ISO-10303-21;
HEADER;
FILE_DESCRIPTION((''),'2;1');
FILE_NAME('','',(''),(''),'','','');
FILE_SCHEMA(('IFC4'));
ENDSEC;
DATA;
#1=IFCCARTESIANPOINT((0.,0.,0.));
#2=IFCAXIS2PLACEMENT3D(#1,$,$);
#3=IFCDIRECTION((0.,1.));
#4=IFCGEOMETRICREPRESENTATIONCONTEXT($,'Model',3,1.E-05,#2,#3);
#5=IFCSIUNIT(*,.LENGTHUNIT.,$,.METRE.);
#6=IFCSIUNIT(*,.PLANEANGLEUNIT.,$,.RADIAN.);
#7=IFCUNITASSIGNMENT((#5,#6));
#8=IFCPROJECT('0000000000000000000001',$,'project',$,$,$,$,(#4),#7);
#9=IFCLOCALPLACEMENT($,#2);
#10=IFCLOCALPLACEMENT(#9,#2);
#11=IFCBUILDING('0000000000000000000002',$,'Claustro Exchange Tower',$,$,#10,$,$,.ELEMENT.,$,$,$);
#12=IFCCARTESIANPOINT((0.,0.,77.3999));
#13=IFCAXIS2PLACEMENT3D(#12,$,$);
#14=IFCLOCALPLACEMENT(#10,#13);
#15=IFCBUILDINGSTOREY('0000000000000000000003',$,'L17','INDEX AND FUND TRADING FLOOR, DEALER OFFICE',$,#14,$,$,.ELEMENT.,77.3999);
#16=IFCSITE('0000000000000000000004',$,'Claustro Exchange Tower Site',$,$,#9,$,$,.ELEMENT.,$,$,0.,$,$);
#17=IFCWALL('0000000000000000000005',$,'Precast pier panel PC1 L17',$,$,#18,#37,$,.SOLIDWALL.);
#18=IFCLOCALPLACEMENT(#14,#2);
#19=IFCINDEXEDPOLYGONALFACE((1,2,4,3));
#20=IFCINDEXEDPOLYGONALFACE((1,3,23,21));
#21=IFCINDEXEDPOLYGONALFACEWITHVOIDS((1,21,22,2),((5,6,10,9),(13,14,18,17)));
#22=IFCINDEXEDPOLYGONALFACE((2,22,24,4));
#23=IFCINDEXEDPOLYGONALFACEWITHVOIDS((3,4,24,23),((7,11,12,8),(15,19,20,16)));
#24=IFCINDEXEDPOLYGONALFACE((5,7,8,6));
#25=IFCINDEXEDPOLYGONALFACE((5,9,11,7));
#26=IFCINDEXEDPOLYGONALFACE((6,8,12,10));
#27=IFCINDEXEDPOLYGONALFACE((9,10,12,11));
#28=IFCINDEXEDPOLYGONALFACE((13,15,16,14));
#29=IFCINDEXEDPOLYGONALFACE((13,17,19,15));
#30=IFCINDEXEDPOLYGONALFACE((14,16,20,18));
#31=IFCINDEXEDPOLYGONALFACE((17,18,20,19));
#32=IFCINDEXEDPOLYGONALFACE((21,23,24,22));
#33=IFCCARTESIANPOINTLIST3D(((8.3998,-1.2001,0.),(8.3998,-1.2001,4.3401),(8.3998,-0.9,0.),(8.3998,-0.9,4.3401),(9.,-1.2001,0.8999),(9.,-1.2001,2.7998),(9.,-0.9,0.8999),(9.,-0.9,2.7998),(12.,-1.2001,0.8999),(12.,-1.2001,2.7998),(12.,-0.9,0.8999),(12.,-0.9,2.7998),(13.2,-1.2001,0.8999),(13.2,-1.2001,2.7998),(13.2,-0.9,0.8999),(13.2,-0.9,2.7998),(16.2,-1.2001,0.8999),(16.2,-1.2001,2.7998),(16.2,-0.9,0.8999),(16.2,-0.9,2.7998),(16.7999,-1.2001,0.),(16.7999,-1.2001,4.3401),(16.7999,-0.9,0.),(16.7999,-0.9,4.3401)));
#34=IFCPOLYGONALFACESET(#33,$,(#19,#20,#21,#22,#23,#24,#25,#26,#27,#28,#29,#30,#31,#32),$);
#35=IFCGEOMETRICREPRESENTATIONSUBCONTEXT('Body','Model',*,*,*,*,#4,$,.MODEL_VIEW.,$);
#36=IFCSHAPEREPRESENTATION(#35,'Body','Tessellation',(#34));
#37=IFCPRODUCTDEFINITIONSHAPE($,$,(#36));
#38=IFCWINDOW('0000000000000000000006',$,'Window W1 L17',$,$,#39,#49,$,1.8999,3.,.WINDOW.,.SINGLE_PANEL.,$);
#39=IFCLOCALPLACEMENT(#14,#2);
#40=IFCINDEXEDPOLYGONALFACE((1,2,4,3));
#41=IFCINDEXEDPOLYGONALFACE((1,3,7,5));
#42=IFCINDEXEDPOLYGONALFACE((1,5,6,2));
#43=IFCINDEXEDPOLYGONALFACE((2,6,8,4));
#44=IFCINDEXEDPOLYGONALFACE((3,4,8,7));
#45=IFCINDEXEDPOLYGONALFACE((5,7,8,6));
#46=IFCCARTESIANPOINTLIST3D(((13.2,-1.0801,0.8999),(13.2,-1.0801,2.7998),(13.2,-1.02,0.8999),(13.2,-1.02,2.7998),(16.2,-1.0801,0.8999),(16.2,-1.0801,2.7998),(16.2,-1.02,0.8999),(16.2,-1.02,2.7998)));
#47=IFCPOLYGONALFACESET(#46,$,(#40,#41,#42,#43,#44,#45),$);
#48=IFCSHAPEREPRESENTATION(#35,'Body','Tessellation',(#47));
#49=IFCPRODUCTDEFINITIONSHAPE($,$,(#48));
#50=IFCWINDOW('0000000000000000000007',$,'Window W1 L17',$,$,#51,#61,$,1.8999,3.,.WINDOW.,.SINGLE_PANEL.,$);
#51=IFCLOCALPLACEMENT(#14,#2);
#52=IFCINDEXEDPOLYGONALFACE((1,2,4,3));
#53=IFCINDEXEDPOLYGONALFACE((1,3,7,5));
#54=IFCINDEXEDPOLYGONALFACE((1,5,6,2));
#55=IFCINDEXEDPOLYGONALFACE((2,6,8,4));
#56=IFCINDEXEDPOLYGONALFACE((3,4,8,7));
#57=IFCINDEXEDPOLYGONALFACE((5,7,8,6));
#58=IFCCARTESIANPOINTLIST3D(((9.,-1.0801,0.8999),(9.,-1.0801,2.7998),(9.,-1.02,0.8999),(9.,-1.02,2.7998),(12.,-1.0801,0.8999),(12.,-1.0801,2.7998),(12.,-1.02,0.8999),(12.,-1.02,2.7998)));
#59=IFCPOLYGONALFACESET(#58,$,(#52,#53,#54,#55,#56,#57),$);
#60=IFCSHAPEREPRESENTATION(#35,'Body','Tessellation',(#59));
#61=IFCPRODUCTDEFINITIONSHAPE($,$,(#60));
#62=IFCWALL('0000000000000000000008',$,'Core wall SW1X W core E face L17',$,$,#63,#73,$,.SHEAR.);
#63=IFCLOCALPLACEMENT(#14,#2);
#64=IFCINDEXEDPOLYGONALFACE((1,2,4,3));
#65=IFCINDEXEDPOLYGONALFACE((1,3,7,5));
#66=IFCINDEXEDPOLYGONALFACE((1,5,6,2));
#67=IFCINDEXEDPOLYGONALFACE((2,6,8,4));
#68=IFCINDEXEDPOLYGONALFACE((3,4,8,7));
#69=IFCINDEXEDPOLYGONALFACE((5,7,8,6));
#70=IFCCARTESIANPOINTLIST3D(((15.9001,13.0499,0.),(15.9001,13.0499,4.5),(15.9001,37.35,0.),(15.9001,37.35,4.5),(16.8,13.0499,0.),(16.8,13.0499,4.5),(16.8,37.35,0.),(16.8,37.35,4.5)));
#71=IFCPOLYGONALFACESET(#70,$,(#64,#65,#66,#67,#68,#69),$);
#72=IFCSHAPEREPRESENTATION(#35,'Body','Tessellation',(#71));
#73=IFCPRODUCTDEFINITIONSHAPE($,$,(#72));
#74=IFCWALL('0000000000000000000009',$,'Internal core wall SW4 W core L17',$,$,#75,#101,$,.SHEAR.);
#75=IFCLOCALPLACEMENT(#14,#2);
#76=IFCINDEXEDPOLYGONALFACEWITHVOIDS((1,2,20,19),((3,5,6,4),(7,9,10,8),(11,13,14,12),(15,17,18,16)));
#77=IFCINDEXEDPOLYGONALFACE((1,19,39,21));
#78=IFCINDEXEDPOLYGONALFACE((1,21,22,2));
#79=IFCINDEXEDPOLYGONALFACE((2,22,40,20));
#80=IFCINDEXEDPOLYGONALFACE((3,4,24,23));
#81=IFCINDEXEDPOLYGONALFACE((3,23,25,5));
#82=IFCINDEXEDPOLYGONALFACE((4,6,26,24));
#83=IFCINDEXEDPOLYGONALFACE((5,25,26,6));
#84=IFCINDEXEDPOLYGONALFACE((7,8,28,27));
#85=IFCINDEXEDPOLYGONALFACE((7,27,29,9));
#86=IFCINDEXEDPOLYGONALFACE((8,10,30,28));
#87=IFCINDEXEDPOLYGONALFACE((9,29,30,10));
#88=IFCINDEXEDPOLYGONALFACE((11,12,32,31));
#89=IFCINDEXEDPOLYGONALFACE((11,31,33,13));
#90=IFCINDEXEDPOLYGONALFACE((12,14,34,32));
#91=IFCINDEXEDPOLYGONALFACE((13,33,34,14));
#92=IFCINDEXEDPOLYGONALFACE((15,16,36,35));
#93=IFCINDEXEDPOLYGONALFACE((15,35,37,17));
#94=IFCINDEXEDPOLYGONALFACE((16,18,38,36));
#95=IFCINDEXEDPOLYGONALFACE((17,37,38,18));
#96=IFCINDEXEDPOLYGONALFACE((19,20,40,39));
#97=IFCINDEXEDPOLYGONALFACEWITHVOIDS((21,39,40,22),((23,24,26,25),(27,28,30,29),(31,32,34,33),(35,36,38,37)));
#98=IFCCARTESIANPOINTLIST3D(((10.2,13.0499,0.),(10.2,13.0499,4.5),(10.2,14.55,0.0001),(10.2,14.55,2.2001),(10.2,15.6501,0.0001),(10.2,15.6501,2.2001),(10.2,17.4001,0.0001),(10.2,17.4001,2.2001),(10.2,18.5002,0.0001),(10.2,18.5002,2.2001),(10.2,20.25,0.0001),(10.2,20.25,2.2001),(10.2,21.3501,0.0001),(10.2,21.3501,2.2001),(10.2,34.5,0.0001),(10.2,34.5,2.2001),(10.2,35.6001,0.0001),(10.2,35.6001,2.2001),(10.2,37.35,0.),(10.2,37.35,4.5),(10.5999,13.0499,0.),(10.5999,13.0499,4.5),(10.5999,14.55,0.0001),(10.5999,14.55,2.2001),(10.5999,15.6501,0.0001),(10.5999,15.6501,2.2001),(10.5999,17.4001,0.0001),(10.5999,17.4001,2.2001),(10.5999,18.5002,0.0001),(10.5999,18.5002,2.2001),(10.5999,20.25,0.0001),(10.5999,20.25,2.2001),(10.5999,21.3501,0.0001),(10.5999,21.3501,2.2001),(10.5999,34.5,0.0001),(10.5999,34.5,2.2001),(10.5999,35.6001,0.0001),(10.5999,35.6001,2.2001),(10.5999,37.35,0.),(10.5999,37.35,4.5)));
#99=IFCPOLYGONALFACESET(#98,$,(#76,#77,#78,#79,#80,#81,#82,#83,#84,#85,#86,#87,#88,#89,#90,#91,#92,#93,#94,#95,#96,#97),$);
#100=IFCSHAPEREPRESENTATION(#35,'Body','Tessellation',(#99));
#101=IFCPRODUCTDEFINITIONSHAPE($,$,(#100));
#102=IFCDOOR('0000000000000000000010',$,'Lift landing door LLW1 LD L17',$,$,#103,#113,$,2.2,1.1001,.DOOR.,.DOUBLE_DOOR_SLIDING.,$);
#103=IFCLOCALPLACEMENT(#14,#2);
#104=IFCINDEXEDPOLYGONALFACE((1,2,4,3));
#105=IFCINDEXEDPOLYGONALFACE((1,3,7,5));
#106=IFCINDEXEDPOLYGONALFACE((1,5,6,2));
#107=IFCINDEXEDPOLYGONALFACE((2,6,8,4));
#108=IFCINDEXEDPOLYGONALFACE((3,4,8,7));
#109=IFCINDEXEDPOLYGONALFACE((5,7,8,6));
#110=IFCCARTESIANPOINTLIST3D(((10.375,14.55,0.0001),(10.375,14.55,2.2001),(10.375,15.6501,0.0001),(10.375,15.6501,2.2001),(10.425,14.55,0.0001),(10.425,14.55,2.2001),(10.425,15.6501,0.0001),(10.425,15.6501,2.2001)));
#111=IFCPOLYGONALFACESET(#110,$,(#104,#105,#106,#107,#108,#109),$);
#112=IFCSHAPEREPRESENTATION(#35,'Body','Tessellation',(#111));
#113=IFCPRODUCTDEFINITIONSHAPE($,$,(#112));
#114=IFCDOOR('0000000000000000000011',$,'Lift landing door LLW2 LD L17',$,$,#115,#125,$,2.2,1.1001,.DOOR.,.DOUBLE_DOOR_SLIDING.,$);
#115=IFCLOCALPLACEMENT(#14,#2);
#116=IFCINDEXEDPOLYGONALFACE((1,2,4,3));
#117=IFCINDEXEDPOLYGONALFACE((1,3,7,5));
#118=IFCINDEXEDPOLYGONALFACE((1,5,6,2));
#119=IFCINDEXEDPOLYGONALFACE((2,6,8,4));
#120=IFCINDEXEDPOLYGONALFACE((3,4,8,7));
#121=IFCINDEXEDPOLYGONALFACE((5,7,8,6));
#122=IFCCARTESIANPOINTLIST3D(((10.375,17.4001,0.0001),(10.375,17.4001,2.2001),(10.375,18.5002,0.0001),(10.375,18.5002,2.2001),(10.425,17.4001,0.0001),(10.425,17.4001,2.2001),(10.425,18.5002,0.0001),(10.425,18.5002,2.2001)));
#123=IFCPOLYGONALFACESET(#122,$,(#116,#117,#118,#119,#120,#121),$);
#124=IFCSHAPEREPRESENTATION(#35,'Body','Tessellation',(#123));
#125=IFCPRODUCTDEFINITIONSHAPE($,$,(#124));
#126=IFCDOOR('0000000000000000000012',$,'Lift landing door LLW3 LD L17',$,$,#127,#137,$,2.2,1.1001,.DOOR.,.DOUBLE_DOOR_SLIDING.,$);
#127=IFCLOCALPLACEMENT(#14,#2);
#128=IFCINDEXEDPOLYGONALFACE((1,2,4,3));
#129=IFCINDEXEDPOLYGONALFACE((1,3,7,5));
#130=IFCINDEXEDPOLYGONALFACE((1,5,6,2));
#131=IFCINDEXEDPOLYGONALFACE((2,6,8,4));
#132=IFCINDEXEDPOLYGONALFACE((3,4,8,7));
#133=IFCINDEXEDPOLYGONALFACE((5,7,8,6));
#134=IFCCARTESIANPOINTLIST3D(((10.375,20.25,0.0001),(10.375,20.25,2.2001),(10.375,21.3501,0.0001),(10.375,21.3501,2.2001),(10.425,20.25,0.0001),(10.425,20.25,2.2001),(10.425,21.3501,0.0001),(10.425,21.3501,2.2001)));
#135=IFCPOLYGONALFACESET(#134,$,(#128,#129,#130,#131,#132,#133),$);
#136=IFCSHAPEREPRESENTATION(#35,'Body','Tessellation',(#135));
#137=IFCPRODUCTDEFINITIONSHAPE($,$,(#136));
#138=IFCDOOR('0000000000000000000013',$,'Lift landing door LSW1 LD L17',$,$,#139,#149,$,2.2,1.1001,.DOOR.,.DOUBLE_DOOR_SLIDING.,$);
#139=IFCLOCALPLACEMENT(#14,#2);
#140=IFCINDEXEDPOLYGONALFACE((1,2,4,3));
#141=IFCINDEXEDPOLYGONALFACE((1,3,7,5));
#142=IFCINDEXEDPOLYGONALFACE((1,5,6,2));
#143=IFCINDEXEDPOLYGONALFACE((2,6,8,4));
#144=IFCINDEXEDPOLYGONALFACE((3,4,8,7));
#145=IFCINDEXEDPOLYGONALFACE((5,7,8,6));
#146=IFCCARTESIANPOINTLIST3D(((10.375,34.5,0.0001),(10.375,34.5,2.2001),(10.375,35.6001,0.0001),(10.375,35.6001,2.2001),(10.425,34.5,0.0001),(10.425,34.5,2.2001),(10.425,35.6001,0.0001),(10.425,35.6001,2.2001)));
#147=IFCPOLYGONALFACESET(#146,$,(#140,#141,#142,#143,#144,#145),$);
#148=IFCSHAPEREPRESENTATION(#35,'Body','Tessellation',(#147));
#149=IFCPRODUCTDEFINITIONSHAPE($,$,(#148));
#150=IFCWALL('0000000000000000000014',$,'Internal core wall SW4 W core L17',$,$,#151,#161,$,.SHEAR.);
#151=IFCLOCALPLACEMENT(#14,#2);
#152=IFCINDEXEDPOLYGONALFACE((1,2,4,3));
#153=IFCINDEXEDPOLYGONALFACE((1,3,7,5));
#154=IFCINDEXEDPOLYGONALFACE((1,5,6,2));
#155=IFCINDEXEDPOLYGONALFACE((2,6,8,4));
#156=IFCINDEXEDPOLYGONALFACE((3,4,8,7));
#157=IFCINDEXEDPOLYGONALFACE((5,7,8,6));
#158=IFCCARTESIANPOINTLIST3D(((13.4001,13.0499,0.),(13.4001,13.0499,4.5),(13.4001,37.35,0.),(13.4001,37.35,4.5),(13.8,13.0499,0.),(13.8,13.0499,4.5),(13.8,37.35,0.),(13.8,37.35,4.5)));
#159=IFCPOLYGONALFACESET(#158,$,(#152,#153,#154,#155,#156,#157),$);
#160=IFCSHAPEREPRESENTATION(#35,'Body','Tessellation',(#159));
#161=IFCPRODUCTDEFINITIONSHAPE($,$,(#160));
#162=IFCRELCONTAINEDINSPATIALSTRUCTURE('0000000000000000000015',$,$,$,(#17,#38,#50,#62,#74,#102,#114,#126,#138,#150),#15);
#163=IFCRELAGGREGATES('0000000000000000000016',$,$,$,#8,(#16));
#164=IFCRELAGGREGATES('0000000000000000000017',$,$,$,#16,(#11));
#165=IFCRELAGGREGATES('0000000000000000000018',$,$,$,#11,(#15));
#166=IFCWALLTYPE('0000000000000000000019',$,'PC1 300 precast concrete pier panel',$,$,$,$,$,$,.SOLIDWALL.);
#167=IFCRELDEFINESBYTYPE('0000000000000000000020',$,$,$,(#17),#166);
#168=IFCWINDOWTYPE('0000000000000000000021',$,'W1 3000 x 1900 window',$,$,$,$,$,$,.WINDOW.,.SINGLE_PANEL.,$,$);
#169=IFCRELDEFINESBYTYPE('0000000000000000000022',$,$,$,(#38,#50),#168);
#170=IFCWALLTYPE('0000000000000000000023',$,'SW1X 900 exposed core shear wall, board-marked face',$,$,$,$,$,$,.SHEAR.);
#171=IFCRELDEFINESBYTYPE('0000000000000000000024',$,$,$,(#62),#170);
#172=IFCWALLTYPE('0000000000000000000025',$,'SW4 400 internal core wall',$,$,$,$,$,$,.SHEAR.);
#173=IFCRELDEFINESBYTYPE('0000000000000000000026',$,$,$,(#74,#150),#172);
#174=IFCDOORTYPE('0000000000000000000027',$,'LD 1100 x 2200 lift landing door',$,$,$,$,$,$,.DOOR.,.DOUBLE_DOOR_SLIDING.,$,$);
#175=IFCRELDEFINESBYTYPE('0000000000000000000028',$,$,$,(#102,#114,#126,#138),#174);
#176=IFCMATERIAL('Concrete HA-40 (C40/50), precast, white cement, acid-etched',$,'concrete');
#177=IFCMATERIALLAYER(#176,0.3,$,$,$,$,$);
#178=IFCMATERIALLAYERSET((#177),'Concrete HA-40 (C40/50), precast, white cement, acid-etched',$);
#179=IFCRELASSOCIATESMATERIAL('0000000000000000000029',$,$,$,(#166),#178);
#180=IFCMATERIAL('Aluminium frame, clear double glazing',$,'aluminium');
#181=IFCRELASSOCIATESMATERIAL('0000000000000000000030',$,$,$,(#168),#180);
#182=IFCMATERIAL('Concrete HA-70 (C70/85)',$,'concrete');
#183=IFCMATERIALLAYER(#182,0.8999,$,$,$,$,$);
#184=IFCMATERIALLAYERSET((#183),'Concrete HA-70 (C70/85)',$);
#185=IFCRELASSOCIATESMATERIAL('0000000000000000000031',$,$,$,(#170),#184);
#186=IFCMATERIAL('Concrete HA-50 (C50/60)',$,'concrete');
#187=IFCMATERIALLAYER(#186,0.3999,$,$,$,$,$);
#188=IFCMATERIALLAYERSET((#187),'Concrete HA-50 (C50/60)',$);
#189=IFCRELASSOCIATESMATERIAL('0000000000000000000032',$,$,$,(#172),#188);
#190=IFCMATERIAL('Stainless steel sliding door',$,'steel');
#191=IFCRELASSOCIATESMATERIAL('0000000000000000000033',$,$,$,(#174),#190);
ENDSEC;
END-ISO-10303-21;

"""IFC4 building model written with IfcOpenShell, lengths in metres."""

from ifc_helpers import new_model, si_unit, direction, frame, frame_2d, origin, place, context, subcontext, project, spatial, rectangle, extrude, material, layer, layer_set, type_object, element, fill, save


model = new_model("IFC4")

# Units and contexts
model_context = context("Model", 3, precision=1e-05, world=origin(), true_north=direction((0.0, 1.0)))
body_context = subcontext(model_context, "Body", "Model", "MODEL_VIEW")
ifc_project = project(units=[si_unit("LENGTHUNIT", "METRE"), si_unit("PLANEANGLEUNIT", "RADIAN")], contexts=[model_context])

# Site, building, storey
site_placement = place(None, origin())
site = spatial("IfcSite", under=ifc_project, at=site_placement, Name="Claustro Exchange Tower Site", CompositionType="ELEMENT", RefElevation=0.0)
building_placement = place(site_placement, origin())
building = spatial("IfcBuilding", under=site, at=building_placement, Name="Claustro Exchange Tower", CompositionType="ELEMENT")
storey_placement = place(building_placement, frame((0.0, 0.0, 77.3999)))
storey = spatial("IfcBuildingStorey", under=building, at=storey_placement, Name="L17", Description="INDEX AND FUND TRADING FLOOR, DEALER OFFICE", CompositionType="ELEMENT", Elevation=77.3999)

# Wall, openings, windows
ifc_material_1 = material(Name="Concrete HA-40 (C40/50), precast, white cement, acid-etched", Category="concrete")
ifc_layer_1 = layer(ifc_material_1, 0.3)
ifc_layer_set_1 = layer_set([ifc_layer_1], Name="Concrete HA-40 (C40/50), precast, white cement, acid-etched")
wall_type_1 = type_object("IfcWallType", Name="PC1 300 precast concrete pier panel", PredefinedType="SOLIDWALL", material=ifc_layer_set_1)
wall_1_placement = place(storey_placement, frame((16.8, -1.05, 0.0), z_axis=(0.0, 0.0, 1.0), x_axis=(-1.0, 0.0, 0.0)))
wall_1 = element("IfcWall", 1, at=wall_1_placement, inside=storey, type_object=wall_type_1, Name="Precast pier panel PC1 L17", PredefinedType="SOLIDWALL", context=body_context, shape_type="SweptSolid", body=[
    extrude(rectangle(XDim=8.4001, YDim=0.3, at=frame_2d((4.2002, 0.0))), origin(), (0.0, 0.0, 1.0), 4.3401),
])
opening_1_placement = place(wall_1_placement, frame((0.6001, 0.0, 0.8999)))
opening_1 = element("IfcOpeningElement", 2, at=opening_1_placement, cuts=wall_1, PredefinedType="OPENING", context=body_context, shape_type="SweptSolid", body=[
    extrude(rectangle(XDim=3.0, YDim=1.8999, at=frame_2d((1.5, 0.95))), frame((0.0, 0.1599, 0.0), z_axis=(0.0, -1.0, 0.0), x_axis=(1.0, 0.0, 0.0)), (0.0, 0.0, 1.0), 0.3201),
])
opening_2_placement = place(wall_1_placement, frame((4.8, 0.0, 0.8999)))
opening_2 = element("IfcOpeningElement", 3, at=opening_2_placement, cuts=wall_1, PredefinedType="OPENING", context=body_context, shape_type="SweptSolid", body=[
    extrude(rectangle(XDim=3.0, YDim=1.8999, at=frame_2d((1.5, 0.95))), frame((0.0, 0.1599, 0.0), z_axis=(0.0, -1.0, 0.0), x_axis=(1.0, 0.0, 0.0)), (0.0, 0.0, 1.0), 0.3201),
])
ifc_material_2 = material(Name="Aluminium frame, clear double glazing", Category="aluminium")
window_type = type_object("IfcWindowType", Name="W1 3000 x 1900 window", PartitioningType="SINGLE_PANEL", PredefinedType="WINDOW", material=ifc_material_2)
window_1_placement = place(opening_1_placement, origin())
window_1 = element("IfcWindow", 4, at=window_1_placement, inside=storey, type_object=window_type, Name="Window W1 L17", OverallHeight=1.8999, OverallWidth=3.0, PartitioningType="SINGLE_PANEL", PredefinedType="WINDOW", context=body_context, shape_type="SweptSolid", body=[
    extrude(rectangle(XDim=3.0, YDim=1.8999, at=frame_2d((1.5, 0.95))), frame((0.0, 0.03, 0.0), z_axis=(0.0, -1.0, 0.0), x_axis=(1.0, 0.0, 0.0)), (0.0, 0.0, 1.0), 0.0601),
])
fill(opening_1, window_1)
window_2_placement = place(opening_2_placement, origin())
window_2 = element("IfcWindow", 5, at=window_2_placement, inside=storey, type_object=window_type, Name="Window W1 L17", OverallHeight=1.8999, OverallWidth=3.0, PartitioningType="SINGLE_PANEL", PredefinedType="WINDOW", context=body_context, shape_type="SweptSolid", body=[
    extrude(rectangle(XDim=3.0, YDim=1.8999, at=frame_2d((1.5, 0.95))), frame((0.0, 0.03, 0.0), z_axis=(0.0, -1.0, 0.0), x_axis=(1.0, 0.0, 0.0)), (0.0, 0.0, 1.0), 0.0601),
])
fill(opening_2, window_2)

# Wall
ifc_material_3 = material(Name="Concrete HA-70 (C70/85)", Category="concrete")
ifc_layer_2 = layer(ifc_material_3, 0.8999)
ifc_layer_set_2 = layer_set([ifc_layer_2], Name="Concrete HA-70 (C70/85)")
wall_type_2 = type_object("IfcWallType", Name="SW1X 900 exposed core shear wall, board-marked face", PredefinedType="SHEAR", material=ifc_layer_set_2)
wall_2_placement = place(storey_placement, frame((16.3501, 13.05, 0.0), z_axis=(0.0, 0.0, 1.0), x_axis=(0.0, 1.0, 0.0)))
element("IfcWall", 6, at=wall_2_placement, inside=storey, type_object=wall_type_2, Name="Core wall SW1X W core E face L17", PredefinedType="SHEAR", context=body_context, shape_type="SweptSolid", body=[
    extrude(rectangle(XDim=24.3, YDim=0.8999, at=frame_2d((12.1499, 0.0))), origin(), (0.0, 0.0, 1.0), 4.5),
])

# Wall, openings, doors
ifc_material_4 = material(Name="Concrete HA-50 (C50/60)", Category="concrete")
ifc_layer_3 = layer(ifc_material_4, 0.3999)
ifc_layer_set_3 = layer_set([ifc_layer_3], Name="Concrete HA-50 (C50/60)")
wall_type_3 = type_object("IfcWallType", Name="SW4 400 internal core wall", PredefinedType="SHEAR", material=ifc_layer_set_3)
wall_3_placement = place(storey_placement, frame((10.3999, 13.05, 0.0), z_axis=(0.0, 0.0, 1.0), x_axis=(0.0, 1.0, 0.0)))
wall_3 = element("IfcWall", 7, at=wall_3_placement, inside=storey, type_object=wall_type_3, Name="Internal core wall SW4 W core L17", PredefinedType="SHEAR", context=body_context, shape_type="SweptSolid", body=[
    extrude(rectangle(XDim=24.3, YDim=0.3999, at=frame_2d((12.1499, 0.0))), origin(), (0.0, 0.0, 1.0), 4.5),
])
opening_3_placement = place(wall_3_placement, frame((1.5, 0.0, 0.0)))
opening_3 = element("IfcOpeningElement", 8, at=opening_3_placement, cuts=wall_3, PredefinedType="OPENING", context=body_context, shape_type="SweptSolid", body=[
    extrude(rectangle(XDim=1.1001, YDim=2.2, at=frame_2d((0.55, 1.1001))), frame((0.0, 0.21, 0.0), z_axis=(0.0, -1.0, 0.0), x_axis=(1.0, 0.0, 0.0)), (0.0, 0.0, 1.0), 0.4199),
])
opening_4_placement = place(wall_3_placement, frame((4.3501, 0.0, 0.0)))
opening_4 = element("IfcOpeningElement", 9, at=opening_4_placement, cuts=wall_3, PredefinedType="OPENING", context=body_context, shape_type="SweptSolid", body=[
    extrude(rectangle(XDim=1.1001, YDim=2.2, at=frame_2d((0.55, 1.1001))), frame((0.0, 0.21, 0.0), z_axis=(0.0, -1.0, 0.0), x_axis=(1.0, 0.0, 0.0)), (0.0, 0.0, 1.0), 0.4199),
])
opening_5_placement = place(wall_3_placement, frame((7.2, 0.0, 0.0)))
opening_5 = element("IfcOpeningElement", 10, at=opening_5_placement, cuts=wall_3, PredefinedType="OPENING", context=body_context, shape_type="SweptSolid", body=[
    extrude(rectangle(XDim=1.1001, YDim=2.2, at=frame_2d((0.55, 1.1001))), frame((0.0, 0.21, 0.0), z_axis=(0.0, -1.0, 0.0), x_axis=(1.0, 0.0, 0.0)), (0.0, 0.0, 1.0), 0.4199),
])
opening_6_placement = place(wall_3_placement, frame((21.45, 0.0, 0.0)))
opening_6 = element("IfcOpeningElement", 11, at=opening_6_placement, cuts=wall_3, PredefinedType="OPENING", context=body_context, shape_type="SweptSolid", body=[
    extrude(rectangle(XDim=1.1001, YDim=2.2, at=frame_2d((0.55, 1.1001))), frame((0.0, 0.21, 0.0), z_axis=(0.0, -1.0, 0.0), x_axis=(1.0, 0.0, 0.0)), (0.0, 0.0, 1.0), 0.4199),
])
ifc_material_5 = material(Name="Stainless steel sliding door", Category="steel")
door_type_1 = type_object("IfcDoorType", Name="LD 1100 x 2200 lift landing door", OperationType="DOUBLE_DOOR_SLIDING", PredefinedType="DOOR", material=ifc_material_5)
door_1_placement = place(opening_3_placement, origin())
door_1 = element("IfcDoor", 12, at=door_1_placement, inside=storey, type_object=door_type_1, Name="Lift landing door LLW1 LD L17", OperationType="DOUBLE_DOOR_SLIDING", OverallHeight=2.2, OverallWidth=1.1001, PredefinedType="DOOR", context=body_context, shape_type="SweptSolid", body=[
    extrude(rectangle(XDim=1.1001, YDim=2.2, at=frame_2d((0.55, 1.1001))), frame((0.0, 0.0249, 0.0), z_axis=(0.0, -1.0, 0.0), x_axis=(1.0, 0.0, 0.0)), (0.0, 0.0, 1.0), 0.05),
])
fill(opening_3, door_1)
door_2_placement = place(opening_4_placement, origin())
door_2 = element("IfcDoor", 13, at=door_2_placement, inside=storey, type_object=door_type_1, Name="Lift landing door LLW2 LD L17", OperationType="DOUBLE_DOOR_SLIDING", OverallHeight=2.2, OverallWidth=1.1001, PredefinedType="DOOR", context=body_context, shape_type="SweptSolid", body=[
    extrude(rectangle(XDim=1.1001, YDim=2.2, at=frame_2d((0.55, 1.1001))), frame((0.0, 0.0249, 0.0), z_axis=(0.0, -1.0, 0.0), x_axis=(1.0, 0.0, 0.0)), (0.0, 0.0, 1.0), 0.05),
])
fill(opening_4, door_2)
door_3_placement = place(opening_5_placement, origin())
door_3 = element("IfcDoor", 14, at=door_3_placement, inside=storey, type_object=door_type_1, Name="Lift landing door LLW3 LD L17", OperationType="DOUBLE_DOOR_SLIDING", OverallHeight=2.2, OverallWidth=1.1001, PredefinedType="DOOR", context=body_context, shape_type="SweptSolid", body=[
    extrude(rectangle(XDim=1.1001, YDim=2.2, at=frame_2d((0.55, 1.1001))), frame((0.0, 0.0249, 0.0), z_axis=(0.0, -1.0, 0.0), x_axis=(1.0, 0.0, 0.0)), (0.0, 0.0, 1.0), 0.05),
])
fill(opening_5, door_3)
door_4_placement = place(opening_6_placement, origin())
door_4 = element("IfcDoor", 15, at=door_4_placement, inside=storey, type_object=door_type_1, Name="Lift landing door LSW1 LD L17", OperationType="DOUBLE_DOOR_SLIDING", OverallHeight=2.2, OverallWidth=1.1001, PredefinedType="DOOR", context=body_context, shape_type="SweptSolid", body=[
    extrude(rectangle(XDim=1.1001, YDim=2.2, at=frame_2d((0.55, 1.1001))), frame((0.0, 0.0249, 0.0), z_axis=(0.0, -1.0, 0.0), x_axis=(1.0, 0.0, 0.0)), (0.0, 0.0, 1.0), 0.05),
])
fill(opening_6, door_4)

# Wall
wall_4_placement = place(storey_placement, frame((13.6001, 13.05, 0.0), z_axis=(0.0, 0.0, 1.0), x_axis=(0.0, 1.0, 0.0)))
element("IfcWall", 16, at=wall_4_placement, inside=storey, type_object=wall_type_3, Name="Internal core wall SW4 W core L17", PredefinedType="SHEAR", context=body_context, shape_type="SweptSolid", body=[
    extrude(rectangle(XDim=24.3, YDim=0.3999, at=frame_2d((12.1499, 0.0))), origin(), (0.0, 0.0, 1.0), 4.5),
])

save(model, "model.ifc")
